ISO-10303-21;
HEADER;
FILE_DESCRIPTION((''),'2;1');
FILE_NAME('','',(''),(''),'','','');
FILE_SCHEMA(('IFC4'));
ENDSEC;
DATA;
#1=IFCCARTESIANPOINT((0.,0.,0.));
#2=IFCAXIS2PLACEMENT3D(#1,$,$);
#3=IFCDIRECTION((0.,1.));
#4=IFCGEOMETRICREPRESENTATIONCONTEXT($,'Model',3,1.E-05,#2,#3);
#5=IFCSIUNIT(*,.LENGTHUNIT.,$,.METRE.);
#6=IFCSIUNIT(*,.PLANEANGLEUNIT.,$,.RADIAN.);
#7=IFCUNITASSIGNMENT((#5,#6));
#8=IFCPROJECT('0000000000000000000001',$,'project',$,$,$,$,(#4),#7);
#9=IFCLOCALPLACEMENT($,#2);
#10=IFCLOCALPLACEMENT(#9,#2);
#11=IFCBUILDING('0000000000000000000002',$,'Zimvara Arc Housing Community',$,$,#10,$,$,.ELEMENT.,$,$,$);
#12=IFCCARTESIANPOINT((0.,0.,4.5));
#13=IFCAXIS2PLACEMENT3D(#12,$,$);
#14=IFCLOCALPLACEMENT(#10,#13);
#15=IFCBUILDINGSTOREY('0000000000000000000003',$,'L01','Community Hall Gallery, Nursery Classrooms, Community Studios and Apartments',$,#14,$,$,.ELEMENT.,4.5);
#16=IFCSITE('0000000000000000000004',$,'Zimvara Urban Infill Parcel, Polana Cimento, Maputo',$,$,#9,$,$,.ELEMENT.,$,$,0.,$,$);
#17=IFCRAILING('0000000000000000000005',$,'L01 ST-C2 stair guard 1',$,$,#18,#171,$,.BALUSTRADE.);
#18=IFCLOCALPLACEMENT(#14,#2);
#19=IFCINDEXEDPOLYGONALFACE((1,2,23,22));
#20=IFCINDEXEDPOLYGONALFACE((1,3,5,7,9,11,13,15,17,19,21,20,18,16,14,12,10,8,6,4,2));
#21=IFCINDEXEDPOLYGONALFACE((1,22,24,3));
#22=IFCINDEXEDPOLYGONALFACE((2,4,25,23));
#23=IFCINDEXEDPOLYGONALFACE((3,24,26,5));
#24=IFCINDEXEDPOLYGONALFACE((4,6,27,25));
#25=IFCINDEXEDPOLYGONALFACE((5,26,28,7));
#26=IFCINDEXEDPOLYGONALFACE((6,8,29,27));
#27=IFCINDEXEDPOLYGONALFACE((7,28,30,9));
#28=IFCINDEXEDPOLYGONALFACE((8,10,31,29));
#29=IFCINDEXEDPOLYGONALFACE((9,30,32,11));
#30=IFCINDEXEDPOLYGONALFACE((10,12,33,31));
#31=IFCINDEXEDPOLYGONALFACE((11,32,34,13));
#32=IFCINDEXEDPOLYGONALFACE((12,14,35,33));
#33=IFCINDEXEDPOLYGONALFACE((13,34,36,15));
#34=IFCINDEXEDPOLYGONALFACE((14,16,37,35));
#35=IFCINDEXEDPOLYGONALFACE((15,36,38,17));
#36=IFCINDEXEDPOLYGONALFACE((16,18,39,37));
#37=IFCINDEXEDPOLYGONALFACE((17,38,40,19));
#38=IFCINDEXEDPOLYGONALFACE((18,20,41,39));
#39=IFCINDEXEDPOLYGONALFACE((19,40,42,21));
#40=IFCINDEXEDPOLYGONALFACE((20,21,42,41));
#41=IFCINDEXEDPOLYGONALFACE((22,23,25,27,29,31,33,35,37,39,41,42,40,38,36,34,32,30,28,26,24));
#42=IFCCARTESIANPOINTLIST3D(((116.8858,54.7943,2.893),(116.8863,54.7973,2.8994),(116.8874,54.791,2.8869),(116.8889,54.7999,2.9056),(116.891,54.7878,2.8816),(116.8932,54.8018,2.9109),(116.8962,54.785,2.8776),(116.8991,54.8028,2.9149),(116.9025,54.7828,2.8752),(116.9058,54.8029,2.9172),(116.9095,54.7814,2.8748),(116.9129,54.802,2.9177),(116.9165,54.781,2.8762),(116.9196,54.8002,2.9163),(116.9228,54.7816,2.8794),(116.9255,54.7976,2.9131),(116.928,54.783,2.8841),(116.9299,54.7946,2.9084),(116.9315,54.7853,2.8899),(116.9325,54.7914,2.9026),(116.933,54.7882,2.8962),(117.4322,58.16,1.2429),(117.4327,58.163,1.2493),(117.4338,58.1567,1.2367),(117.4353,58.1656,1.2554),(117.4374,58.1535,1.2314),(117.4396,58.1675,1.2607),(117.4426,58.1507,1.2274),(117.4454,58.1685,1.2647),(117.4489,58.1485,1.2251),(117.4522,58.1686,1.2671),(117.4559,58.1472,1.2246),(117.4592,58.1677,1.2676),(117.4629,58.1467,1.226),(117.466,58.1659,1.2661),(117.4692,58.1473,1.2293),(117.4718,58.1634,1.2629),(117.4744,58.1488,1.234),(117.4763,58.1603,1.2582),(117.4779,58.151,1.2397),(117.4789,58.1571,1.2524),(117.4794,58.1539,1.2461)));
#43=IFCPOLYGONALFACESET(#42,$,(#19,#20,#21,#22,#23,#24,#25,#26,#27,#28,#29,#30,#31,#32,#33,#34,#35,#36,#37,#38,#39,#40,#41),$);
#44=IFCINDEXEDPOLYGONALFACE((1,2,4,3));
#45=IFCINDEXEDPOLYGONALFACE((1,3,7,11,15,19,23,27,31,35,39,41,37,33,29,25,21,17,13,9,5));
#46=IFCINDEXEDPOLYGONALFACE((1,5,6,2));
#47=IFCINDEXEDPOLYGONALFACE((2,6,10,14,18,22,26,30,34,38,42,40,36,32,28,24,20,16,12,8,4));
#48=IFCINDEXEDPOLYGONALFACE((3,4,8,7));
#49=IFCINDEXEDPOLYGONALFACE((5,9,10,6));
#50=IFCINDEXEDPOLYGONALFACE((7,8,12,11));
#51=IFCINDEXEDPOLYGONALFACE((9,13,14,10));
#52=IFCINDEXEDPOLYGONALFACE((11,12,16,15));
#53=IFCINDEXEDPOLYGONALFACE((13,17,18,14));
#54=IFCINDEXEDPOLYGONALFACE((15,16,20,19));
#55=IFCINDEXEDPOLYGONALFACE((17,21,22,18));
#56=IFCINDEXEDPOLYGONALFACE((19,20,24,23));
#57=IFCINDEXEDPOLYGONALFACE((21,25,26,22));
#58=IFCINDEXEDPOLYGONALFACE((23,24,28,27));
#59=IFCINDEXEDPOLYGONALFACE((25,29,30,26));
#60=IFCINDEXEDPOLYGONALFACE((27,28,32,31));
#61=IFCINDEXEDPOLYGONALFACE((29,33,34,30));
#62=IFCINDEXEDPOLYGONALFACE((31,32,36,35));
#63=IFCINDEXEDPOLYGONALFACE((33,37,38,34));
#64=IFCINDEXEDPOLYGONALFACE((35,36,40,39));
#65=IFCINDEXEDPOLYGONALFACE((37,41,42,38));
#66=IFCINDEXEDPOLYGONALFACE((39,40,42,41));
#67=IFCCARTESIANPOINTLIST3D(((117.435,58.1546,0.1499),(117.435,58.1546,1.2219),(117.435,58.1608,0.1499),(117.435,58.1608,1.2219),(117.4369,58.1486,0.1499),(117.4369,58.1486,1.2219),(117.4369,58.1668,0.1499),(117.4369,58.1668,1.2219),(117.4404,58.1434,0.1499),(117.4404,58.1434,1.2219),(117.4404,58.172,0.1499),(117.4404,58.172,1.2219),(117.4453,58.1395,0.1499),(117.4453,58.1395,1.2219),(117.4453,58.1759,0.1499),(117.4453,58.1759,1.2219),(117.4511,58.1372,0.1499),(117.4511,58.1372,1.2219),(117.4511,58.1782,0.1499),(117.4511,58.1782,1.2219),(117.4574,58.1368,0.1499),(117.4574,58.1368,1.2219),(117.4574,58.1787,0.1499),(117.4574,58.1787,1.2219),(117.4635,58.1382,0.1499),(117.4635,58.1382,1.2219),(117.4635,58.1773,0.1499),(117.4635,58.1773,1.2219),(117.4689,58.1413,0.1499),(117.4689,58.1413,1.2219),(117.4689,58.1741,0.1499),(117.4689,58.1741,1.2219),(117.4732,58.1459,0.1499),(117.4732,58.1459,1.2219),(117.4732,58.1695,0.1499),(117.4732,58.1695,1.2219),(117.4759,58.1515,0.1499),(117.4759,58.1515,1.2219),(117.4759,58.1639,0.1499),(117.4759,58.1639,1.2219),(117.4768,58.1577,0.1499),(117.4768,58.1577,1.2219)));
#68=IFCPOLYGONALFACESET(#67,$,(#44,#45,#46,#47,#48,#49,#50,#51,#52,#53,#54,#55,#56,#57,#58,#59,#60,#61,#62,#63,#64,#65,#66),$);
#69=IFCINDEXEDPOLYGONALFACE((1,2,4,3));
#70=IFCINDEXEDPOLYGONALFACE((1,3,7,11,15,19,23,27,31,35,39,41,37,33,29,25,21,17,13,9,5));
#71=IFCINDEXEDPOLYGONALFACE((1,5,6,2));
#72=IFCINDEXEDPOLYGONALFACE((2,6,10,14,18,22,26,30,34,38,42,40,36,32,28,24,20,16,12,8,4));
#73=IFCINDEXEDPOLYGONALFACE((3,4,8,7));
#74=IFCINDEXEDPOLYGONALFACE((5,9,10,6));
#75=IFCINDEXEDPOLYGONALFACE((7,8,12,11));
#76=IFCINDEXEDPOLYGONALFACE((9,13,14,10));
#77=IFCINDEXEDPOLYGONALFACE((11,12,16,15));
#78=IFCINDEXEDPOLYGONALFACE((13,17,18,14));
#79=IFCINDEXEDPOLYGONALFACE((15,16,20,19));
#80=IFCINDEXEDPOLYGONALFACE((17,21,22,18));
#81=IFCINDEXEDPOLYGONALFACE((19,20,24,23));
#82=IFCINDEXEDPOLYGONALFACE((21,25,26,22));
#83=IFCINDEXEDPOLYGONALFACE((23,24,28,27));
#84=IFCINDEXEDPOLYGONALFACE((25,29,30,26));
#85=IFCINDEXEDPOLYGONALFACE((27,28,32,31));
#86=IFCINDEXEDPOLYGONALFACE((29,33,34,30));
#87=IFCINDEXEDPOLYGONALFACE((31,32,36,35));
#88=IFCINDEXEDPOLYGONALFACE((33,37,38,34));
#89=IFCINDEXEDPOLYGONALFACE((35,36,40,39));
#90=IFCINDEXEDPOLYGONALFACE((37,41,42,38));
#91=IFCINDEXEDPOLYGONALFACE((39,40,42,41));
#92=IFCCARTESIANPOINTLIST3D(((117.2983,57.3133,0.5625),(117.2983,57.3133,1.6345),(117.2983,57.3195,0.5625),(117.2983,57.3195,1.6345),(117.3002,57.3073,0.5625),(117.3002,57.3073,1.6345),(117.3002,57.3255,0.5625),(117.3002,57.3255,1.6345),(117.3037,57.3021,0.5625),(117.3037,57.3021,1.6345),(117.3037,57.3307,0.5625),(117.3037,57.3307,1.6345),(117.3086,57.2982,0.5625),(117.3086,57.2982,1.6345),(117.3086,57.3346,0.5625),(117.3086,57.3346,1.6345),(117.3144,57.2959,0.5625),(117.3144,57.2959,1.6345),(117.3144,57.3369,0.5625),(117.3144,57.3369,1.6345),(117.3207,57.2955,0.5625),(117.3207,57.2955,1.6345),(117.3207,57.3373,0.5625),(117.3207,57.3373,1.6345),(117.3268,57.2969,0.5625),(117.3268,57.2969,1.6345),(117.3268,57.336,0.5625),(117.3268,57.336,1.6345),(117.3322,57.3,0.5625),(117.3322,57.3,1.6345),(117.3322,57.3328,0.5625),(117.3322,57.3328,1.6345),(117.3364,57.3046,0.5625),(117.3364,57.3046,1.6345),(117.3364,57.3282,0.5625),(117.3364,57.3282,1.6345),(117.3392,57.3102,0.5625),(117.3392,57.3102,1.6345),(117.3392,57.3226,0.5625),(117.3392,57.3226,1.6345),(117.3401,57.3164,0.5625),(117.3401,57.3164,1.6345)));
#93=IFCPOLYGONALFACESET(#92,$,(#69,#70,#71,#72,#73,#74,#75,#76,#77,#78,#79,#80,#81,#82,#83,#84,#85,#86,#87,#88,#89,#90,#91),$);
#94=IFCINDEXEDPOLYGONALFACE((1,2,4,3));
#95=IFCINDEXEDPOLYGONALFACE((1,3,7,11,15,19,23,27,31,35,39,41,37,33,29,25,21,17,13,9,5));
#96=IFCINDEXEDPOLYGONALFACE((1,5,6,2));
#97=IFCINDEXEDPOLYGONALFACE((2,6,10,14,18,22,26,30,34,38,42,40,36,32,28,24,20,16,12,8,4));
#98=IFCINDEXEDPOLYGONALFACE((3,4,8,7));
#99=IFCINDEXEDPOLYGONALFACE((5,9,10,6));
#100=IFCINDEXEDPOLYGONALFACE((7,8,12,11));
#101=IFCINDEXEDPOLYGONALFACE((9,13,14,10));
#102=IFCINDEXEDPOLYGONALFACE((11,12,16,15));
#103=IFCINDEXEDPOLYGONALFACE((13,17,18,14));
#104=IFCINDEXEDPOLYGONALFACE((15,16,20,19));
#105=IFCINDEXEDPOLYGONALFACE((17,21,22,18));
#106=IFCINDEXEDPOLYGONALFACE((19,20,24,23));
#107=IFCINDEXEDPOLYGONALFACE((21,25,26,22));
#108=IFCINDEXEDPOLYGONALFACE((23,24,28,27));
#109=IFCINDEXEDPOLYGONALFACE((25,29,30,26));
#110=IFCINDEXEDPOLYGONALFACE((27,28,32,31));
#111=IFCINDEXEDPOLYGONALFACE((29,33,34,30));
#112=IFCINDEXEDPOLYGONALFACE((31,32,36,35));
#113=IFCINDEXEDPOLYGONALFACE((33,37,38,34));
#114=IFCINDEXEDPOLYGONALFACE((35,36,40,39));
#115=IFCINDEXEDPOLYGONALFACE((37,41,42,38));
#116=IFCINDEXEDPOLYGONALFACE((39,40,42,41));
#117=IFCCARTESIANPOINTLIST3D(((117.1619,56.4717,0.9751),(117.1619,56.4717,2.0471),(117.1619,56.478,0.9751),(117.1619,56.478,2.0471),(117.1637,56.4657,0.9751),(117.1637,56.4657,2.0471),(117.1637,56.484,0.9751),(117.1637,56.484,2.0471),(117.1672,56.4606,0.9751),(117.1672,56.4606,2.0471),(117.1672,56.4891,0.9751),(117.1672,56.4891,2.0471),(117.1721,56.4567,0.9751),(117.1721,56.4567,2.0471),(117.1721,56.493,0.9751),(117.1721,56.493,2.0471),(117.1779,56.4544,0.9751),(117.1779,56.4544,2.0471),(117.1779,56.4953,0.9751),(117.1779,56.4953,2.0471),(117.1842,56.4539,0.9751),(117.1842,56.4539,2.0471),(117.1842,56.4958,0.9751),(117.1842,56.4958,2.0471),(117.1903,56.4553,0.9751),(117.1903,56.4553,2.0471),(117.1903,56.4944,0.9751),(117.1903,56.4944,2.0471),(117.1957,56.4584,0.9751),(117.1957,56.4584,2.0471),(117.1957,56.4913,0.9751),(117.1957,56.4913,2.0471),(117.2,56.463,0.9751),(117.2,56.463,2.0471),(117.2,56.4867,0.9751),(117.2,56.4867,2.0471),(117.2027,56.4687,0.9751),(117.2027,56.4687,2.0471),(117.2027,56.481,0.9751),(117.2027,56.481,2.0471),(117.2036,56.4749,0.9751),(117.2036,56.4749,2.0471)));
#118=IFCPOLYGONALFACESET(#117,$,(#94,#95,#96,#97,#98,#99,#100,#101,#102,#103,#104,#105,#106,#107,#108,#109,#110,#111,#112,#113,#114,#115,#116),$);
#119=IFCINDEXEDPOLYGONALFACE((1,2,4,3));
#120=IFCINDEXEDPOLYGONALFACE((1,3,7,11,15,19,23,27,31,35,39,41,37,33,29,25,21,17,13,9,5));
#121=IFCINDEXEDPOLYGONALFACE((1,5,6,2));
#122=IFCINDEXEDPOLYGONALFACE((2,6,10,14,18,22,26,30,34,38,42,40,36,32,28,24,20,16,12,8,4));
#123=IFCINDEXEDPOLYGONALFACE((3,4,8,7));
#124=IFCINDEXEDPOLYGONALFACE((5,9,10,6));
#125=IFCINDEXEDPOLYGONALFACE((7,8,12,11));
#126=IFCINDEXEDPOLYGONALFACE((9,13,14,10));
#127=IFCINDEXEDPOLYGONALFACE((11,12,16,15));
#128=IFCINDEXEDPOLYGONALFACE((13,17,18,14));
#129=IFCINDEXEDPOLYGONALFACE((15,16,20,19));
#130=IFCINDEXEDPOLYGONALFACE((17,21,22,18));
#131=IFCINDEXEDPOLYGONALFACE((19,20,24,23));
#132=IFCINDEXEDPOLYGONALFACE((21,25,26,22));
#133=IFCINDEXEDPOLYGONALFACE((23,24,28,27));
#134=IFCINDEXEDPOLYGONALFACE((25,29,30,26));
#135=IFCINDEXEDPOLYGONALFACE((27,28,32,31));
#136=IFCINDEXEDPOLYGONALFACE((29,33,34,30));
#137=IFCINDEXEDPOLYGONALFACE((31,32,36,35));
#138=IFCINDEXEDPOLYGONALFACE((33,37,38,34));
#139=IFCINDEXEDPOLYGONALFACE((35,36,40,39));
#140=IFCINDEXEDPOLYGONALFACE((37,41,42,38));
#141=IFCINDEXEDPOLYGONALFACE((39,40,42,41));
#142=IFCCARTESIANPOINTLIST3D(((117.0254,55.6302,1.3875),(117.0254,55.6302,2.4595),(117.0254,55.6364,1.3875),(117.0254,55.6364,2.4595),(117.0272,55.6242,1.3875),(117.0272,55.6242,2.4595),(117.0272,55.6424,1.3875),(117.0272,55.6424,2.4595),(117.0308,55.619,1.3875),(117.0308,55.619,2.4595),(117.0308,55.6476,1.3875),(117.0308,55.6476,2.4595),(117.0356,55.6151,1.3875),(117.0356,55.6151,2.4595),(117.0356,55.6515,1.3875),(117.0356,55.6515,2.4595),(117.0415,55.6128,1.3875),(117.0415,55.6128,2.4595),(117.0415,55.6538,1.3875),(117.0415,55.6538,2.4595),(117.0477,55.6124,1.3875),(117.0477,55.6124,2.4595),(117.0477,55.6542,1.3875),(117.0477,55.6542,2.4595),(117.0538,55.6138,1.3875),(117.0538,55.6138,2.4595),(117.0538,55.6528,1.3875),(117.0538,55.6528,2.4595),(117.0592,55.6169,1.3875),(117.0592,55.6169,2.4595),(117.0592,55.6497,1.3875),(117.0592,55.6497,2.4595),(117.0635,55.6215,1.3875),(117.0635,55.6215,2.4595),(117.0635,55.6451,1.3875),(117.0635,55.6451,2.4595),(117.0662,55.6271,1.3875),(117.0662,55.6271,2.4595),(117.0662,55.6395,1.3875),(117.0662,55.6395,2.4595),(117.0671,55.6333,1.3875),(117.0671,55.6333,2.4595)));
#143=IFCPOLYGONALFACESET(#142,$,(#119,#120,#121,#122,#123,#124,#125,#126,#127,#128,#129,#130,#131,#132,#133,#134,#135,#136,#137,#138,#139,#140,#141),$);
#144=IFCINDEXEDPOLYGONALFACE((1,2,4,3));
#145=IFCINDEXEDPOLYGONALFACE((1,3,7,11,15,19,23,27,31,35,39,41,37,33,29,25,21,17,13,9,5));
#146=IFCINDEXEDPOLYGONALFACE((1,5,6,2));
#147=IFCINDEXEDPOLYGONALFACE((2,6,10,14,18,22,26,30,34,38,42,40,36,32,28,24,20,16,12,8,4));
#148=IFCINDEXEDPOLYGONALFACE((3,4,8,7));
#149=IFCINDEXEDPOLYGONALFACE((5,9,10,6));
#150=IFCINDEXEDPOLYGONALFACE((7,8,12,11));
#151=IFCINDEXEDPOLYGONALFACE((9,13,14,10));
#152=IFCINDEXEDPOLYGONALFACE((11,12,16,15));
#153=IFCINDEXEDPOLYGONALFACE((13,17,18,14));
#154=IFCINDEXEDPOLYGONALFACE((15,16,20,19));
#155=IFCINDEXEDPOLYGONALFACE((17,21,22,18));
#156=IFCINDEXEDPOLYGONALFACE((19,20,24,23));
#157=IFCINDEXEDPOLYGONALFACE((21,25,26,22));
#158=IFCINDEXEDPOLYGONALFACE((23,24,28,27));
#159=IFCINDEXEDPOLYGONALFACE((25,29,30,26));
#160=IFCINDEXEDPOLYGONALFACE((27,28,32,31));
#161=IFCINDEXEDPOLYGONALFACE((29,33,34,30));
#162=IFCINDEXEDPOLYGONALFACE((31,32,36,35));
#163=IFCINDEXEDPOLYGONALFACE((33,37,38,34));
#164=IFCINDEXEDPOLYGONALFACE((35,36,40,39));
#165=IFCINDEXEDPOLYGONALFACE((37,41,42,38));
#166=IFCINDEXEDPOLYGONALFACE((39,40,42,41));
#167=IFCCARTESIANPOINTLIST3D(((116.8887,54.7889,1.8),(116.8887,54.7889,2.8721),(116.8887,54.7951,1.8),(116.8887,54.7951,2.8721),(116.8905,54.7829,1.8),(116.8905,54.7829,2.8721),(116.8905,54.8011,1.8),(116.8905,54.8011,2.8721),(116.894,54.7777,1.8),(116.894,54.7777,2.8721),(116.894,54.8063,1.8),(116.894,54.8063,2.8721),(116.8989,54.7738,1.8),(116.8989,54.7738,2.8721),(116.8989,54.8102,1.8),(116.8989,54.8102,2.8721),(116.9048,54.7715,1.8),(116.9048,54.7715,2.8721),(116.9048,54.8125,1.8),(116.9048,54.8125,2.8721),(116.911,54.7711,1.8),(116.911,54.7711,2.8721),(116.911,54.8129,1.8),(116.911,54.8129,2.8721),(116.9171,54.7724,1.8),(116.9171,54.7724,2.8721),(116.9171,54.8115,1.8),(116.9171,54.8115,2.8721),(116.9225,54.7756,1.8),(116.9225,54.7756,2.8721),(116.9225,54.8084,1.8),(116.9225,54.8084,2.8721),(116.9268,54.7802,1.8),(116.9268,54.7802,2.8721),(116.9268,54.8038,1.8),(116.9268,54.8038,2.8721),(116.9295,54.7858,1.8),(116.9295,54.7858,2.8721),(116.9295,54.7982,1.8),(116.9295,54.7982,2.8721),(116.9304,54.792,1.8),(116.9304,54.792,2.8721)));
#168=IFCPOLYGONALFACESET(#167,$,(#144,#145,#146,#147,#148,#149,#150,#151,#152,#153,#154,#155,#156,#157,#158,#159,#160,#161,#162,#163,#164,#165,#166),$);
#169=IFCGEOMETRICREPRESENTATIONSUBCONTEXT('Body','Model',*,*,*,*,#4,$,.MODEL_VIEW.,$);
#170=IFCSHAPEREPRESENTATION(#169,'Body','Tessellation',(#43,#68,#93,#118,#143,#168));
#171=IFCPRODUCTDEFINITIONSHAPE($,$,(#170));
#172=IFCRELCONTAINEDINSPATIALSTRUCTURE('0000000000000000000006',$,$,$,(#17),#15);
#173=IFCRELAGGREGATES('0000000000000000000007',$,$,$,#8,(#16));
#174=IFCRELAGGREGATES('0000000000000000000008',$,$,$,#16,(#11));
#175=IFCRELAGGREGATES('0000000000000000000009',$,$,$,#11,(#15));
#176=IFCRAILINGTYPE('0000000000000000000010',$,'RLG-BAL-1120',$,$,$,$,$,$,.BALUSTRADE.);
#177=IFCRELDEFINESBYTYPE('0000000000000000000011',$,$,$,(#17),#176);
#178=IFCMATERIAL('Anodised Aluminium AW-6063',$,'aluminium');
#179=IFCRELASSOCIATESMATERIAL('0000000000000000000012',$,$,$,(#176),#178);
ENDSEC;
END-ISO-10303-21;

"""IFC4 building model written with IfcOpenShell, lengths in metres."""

from ifc_helpers import new_model, si_unit, direction, frame, origin, origin_2d, place, context, subcontext, project, spatial, circle, extrude, material, type_object, element, save


model = new_model("IFC4")

# Units and contexts
model_context = context("Model", 3, precision=1e-05, world=origin(), true_north=direction((0.0, 1.0)))
body_context = subcontext(model_context, "Body", "Model", "MODEL_VIEW")
ifc_project = project(units=[si_unit("LENGTHUNIT", "METRE"), si_unit("PLANEANGLEUNIT", "RADIAN")], contexts=[model_context])

# Site, building, storey
site_placement = place(None, origin())
site = spatial("IfcSite", under=ifc_project, at=site_placement, Name="Zimvara Urban Infill Parcel, Polana Cimento, Maputo", CompositionType="ELEMENT", RefElevation=0.0)
building_placement = place(site_placement, origin())
building = spatial("IfcBuilding", under=site, at=building_placement, Name="Zimvara Arc Housing Community", CompositionType="ELEMENT")
storey_placement = place(building_placement, frame((0.0, 0.0, 4.5)))
storey = spatial("IfcBuildingStorey", under=building, at=storey_placement, Name="L01", Description="Community Hall Gallery, Nursery Classrooms, Community Studios and Apartments", CompositionType="ELEMENT", Elevation=4.5)

# Railing
ifc_material_1 = material(Name="Anodised Aluminium AW-6063", Category="aluminium")
railing_type_1 = type_object("IfcRailingType", Name="RLG-BAL-1120", PredefinedType="BALUSTRADE", material=ifc_material_1)
railing_1_placement = place(storey_placement, frame((117.4558, 58.1577, 0.1499)))
element("IfcRailing", 1, at=railing_1_placement, inside=storey, type_object=railing_type_1, Name="L01 ST-C2 stair guard 1", PredefinedType="BALUSTRADE", context=body_context, shape_type="SweptSolid", body=[
    extrude(circle(Radius=0.0239, at=origin_2d()), frame((0.0, 0.0, 1.0962), z_axis=(-0.144238, -0.888502, 0.435615), x_axis=(0.987078, -0.160241, 0.0)), (0.0, 0.0, 1.0), 3.7881),
    extrude(circle(Radius=0.021, at=origin_2d()), origin(), (0.0, 0.0, 1.0), 1.072),
    extrude(circle(Radius=0.021, at=origin_2d()), frame((-0.1367, -0.8413, 0.4126)), (0.0, 0.0, 1.0), 1.072),
    extrude(circle(Radius=0.021, at=origin_2d()), frame((-0.2732, -1.6829, 0.8252)), (0.0, 0.0, 1.0), 1.072),
    extrude(circle(Radius=0.021, at=origin_2d()), frame((-0.4097, -2.5244, 1.2375)), (0.0, 0.0, 1.0), 1.072),
    extrude(circle(Radius=0.021, at=origin_2d()), frame((-0.5464, -3.3657, 1.6501)), (0.0, 0.0, 1.0), 1.072),
])

save(model, "model.ifc")
